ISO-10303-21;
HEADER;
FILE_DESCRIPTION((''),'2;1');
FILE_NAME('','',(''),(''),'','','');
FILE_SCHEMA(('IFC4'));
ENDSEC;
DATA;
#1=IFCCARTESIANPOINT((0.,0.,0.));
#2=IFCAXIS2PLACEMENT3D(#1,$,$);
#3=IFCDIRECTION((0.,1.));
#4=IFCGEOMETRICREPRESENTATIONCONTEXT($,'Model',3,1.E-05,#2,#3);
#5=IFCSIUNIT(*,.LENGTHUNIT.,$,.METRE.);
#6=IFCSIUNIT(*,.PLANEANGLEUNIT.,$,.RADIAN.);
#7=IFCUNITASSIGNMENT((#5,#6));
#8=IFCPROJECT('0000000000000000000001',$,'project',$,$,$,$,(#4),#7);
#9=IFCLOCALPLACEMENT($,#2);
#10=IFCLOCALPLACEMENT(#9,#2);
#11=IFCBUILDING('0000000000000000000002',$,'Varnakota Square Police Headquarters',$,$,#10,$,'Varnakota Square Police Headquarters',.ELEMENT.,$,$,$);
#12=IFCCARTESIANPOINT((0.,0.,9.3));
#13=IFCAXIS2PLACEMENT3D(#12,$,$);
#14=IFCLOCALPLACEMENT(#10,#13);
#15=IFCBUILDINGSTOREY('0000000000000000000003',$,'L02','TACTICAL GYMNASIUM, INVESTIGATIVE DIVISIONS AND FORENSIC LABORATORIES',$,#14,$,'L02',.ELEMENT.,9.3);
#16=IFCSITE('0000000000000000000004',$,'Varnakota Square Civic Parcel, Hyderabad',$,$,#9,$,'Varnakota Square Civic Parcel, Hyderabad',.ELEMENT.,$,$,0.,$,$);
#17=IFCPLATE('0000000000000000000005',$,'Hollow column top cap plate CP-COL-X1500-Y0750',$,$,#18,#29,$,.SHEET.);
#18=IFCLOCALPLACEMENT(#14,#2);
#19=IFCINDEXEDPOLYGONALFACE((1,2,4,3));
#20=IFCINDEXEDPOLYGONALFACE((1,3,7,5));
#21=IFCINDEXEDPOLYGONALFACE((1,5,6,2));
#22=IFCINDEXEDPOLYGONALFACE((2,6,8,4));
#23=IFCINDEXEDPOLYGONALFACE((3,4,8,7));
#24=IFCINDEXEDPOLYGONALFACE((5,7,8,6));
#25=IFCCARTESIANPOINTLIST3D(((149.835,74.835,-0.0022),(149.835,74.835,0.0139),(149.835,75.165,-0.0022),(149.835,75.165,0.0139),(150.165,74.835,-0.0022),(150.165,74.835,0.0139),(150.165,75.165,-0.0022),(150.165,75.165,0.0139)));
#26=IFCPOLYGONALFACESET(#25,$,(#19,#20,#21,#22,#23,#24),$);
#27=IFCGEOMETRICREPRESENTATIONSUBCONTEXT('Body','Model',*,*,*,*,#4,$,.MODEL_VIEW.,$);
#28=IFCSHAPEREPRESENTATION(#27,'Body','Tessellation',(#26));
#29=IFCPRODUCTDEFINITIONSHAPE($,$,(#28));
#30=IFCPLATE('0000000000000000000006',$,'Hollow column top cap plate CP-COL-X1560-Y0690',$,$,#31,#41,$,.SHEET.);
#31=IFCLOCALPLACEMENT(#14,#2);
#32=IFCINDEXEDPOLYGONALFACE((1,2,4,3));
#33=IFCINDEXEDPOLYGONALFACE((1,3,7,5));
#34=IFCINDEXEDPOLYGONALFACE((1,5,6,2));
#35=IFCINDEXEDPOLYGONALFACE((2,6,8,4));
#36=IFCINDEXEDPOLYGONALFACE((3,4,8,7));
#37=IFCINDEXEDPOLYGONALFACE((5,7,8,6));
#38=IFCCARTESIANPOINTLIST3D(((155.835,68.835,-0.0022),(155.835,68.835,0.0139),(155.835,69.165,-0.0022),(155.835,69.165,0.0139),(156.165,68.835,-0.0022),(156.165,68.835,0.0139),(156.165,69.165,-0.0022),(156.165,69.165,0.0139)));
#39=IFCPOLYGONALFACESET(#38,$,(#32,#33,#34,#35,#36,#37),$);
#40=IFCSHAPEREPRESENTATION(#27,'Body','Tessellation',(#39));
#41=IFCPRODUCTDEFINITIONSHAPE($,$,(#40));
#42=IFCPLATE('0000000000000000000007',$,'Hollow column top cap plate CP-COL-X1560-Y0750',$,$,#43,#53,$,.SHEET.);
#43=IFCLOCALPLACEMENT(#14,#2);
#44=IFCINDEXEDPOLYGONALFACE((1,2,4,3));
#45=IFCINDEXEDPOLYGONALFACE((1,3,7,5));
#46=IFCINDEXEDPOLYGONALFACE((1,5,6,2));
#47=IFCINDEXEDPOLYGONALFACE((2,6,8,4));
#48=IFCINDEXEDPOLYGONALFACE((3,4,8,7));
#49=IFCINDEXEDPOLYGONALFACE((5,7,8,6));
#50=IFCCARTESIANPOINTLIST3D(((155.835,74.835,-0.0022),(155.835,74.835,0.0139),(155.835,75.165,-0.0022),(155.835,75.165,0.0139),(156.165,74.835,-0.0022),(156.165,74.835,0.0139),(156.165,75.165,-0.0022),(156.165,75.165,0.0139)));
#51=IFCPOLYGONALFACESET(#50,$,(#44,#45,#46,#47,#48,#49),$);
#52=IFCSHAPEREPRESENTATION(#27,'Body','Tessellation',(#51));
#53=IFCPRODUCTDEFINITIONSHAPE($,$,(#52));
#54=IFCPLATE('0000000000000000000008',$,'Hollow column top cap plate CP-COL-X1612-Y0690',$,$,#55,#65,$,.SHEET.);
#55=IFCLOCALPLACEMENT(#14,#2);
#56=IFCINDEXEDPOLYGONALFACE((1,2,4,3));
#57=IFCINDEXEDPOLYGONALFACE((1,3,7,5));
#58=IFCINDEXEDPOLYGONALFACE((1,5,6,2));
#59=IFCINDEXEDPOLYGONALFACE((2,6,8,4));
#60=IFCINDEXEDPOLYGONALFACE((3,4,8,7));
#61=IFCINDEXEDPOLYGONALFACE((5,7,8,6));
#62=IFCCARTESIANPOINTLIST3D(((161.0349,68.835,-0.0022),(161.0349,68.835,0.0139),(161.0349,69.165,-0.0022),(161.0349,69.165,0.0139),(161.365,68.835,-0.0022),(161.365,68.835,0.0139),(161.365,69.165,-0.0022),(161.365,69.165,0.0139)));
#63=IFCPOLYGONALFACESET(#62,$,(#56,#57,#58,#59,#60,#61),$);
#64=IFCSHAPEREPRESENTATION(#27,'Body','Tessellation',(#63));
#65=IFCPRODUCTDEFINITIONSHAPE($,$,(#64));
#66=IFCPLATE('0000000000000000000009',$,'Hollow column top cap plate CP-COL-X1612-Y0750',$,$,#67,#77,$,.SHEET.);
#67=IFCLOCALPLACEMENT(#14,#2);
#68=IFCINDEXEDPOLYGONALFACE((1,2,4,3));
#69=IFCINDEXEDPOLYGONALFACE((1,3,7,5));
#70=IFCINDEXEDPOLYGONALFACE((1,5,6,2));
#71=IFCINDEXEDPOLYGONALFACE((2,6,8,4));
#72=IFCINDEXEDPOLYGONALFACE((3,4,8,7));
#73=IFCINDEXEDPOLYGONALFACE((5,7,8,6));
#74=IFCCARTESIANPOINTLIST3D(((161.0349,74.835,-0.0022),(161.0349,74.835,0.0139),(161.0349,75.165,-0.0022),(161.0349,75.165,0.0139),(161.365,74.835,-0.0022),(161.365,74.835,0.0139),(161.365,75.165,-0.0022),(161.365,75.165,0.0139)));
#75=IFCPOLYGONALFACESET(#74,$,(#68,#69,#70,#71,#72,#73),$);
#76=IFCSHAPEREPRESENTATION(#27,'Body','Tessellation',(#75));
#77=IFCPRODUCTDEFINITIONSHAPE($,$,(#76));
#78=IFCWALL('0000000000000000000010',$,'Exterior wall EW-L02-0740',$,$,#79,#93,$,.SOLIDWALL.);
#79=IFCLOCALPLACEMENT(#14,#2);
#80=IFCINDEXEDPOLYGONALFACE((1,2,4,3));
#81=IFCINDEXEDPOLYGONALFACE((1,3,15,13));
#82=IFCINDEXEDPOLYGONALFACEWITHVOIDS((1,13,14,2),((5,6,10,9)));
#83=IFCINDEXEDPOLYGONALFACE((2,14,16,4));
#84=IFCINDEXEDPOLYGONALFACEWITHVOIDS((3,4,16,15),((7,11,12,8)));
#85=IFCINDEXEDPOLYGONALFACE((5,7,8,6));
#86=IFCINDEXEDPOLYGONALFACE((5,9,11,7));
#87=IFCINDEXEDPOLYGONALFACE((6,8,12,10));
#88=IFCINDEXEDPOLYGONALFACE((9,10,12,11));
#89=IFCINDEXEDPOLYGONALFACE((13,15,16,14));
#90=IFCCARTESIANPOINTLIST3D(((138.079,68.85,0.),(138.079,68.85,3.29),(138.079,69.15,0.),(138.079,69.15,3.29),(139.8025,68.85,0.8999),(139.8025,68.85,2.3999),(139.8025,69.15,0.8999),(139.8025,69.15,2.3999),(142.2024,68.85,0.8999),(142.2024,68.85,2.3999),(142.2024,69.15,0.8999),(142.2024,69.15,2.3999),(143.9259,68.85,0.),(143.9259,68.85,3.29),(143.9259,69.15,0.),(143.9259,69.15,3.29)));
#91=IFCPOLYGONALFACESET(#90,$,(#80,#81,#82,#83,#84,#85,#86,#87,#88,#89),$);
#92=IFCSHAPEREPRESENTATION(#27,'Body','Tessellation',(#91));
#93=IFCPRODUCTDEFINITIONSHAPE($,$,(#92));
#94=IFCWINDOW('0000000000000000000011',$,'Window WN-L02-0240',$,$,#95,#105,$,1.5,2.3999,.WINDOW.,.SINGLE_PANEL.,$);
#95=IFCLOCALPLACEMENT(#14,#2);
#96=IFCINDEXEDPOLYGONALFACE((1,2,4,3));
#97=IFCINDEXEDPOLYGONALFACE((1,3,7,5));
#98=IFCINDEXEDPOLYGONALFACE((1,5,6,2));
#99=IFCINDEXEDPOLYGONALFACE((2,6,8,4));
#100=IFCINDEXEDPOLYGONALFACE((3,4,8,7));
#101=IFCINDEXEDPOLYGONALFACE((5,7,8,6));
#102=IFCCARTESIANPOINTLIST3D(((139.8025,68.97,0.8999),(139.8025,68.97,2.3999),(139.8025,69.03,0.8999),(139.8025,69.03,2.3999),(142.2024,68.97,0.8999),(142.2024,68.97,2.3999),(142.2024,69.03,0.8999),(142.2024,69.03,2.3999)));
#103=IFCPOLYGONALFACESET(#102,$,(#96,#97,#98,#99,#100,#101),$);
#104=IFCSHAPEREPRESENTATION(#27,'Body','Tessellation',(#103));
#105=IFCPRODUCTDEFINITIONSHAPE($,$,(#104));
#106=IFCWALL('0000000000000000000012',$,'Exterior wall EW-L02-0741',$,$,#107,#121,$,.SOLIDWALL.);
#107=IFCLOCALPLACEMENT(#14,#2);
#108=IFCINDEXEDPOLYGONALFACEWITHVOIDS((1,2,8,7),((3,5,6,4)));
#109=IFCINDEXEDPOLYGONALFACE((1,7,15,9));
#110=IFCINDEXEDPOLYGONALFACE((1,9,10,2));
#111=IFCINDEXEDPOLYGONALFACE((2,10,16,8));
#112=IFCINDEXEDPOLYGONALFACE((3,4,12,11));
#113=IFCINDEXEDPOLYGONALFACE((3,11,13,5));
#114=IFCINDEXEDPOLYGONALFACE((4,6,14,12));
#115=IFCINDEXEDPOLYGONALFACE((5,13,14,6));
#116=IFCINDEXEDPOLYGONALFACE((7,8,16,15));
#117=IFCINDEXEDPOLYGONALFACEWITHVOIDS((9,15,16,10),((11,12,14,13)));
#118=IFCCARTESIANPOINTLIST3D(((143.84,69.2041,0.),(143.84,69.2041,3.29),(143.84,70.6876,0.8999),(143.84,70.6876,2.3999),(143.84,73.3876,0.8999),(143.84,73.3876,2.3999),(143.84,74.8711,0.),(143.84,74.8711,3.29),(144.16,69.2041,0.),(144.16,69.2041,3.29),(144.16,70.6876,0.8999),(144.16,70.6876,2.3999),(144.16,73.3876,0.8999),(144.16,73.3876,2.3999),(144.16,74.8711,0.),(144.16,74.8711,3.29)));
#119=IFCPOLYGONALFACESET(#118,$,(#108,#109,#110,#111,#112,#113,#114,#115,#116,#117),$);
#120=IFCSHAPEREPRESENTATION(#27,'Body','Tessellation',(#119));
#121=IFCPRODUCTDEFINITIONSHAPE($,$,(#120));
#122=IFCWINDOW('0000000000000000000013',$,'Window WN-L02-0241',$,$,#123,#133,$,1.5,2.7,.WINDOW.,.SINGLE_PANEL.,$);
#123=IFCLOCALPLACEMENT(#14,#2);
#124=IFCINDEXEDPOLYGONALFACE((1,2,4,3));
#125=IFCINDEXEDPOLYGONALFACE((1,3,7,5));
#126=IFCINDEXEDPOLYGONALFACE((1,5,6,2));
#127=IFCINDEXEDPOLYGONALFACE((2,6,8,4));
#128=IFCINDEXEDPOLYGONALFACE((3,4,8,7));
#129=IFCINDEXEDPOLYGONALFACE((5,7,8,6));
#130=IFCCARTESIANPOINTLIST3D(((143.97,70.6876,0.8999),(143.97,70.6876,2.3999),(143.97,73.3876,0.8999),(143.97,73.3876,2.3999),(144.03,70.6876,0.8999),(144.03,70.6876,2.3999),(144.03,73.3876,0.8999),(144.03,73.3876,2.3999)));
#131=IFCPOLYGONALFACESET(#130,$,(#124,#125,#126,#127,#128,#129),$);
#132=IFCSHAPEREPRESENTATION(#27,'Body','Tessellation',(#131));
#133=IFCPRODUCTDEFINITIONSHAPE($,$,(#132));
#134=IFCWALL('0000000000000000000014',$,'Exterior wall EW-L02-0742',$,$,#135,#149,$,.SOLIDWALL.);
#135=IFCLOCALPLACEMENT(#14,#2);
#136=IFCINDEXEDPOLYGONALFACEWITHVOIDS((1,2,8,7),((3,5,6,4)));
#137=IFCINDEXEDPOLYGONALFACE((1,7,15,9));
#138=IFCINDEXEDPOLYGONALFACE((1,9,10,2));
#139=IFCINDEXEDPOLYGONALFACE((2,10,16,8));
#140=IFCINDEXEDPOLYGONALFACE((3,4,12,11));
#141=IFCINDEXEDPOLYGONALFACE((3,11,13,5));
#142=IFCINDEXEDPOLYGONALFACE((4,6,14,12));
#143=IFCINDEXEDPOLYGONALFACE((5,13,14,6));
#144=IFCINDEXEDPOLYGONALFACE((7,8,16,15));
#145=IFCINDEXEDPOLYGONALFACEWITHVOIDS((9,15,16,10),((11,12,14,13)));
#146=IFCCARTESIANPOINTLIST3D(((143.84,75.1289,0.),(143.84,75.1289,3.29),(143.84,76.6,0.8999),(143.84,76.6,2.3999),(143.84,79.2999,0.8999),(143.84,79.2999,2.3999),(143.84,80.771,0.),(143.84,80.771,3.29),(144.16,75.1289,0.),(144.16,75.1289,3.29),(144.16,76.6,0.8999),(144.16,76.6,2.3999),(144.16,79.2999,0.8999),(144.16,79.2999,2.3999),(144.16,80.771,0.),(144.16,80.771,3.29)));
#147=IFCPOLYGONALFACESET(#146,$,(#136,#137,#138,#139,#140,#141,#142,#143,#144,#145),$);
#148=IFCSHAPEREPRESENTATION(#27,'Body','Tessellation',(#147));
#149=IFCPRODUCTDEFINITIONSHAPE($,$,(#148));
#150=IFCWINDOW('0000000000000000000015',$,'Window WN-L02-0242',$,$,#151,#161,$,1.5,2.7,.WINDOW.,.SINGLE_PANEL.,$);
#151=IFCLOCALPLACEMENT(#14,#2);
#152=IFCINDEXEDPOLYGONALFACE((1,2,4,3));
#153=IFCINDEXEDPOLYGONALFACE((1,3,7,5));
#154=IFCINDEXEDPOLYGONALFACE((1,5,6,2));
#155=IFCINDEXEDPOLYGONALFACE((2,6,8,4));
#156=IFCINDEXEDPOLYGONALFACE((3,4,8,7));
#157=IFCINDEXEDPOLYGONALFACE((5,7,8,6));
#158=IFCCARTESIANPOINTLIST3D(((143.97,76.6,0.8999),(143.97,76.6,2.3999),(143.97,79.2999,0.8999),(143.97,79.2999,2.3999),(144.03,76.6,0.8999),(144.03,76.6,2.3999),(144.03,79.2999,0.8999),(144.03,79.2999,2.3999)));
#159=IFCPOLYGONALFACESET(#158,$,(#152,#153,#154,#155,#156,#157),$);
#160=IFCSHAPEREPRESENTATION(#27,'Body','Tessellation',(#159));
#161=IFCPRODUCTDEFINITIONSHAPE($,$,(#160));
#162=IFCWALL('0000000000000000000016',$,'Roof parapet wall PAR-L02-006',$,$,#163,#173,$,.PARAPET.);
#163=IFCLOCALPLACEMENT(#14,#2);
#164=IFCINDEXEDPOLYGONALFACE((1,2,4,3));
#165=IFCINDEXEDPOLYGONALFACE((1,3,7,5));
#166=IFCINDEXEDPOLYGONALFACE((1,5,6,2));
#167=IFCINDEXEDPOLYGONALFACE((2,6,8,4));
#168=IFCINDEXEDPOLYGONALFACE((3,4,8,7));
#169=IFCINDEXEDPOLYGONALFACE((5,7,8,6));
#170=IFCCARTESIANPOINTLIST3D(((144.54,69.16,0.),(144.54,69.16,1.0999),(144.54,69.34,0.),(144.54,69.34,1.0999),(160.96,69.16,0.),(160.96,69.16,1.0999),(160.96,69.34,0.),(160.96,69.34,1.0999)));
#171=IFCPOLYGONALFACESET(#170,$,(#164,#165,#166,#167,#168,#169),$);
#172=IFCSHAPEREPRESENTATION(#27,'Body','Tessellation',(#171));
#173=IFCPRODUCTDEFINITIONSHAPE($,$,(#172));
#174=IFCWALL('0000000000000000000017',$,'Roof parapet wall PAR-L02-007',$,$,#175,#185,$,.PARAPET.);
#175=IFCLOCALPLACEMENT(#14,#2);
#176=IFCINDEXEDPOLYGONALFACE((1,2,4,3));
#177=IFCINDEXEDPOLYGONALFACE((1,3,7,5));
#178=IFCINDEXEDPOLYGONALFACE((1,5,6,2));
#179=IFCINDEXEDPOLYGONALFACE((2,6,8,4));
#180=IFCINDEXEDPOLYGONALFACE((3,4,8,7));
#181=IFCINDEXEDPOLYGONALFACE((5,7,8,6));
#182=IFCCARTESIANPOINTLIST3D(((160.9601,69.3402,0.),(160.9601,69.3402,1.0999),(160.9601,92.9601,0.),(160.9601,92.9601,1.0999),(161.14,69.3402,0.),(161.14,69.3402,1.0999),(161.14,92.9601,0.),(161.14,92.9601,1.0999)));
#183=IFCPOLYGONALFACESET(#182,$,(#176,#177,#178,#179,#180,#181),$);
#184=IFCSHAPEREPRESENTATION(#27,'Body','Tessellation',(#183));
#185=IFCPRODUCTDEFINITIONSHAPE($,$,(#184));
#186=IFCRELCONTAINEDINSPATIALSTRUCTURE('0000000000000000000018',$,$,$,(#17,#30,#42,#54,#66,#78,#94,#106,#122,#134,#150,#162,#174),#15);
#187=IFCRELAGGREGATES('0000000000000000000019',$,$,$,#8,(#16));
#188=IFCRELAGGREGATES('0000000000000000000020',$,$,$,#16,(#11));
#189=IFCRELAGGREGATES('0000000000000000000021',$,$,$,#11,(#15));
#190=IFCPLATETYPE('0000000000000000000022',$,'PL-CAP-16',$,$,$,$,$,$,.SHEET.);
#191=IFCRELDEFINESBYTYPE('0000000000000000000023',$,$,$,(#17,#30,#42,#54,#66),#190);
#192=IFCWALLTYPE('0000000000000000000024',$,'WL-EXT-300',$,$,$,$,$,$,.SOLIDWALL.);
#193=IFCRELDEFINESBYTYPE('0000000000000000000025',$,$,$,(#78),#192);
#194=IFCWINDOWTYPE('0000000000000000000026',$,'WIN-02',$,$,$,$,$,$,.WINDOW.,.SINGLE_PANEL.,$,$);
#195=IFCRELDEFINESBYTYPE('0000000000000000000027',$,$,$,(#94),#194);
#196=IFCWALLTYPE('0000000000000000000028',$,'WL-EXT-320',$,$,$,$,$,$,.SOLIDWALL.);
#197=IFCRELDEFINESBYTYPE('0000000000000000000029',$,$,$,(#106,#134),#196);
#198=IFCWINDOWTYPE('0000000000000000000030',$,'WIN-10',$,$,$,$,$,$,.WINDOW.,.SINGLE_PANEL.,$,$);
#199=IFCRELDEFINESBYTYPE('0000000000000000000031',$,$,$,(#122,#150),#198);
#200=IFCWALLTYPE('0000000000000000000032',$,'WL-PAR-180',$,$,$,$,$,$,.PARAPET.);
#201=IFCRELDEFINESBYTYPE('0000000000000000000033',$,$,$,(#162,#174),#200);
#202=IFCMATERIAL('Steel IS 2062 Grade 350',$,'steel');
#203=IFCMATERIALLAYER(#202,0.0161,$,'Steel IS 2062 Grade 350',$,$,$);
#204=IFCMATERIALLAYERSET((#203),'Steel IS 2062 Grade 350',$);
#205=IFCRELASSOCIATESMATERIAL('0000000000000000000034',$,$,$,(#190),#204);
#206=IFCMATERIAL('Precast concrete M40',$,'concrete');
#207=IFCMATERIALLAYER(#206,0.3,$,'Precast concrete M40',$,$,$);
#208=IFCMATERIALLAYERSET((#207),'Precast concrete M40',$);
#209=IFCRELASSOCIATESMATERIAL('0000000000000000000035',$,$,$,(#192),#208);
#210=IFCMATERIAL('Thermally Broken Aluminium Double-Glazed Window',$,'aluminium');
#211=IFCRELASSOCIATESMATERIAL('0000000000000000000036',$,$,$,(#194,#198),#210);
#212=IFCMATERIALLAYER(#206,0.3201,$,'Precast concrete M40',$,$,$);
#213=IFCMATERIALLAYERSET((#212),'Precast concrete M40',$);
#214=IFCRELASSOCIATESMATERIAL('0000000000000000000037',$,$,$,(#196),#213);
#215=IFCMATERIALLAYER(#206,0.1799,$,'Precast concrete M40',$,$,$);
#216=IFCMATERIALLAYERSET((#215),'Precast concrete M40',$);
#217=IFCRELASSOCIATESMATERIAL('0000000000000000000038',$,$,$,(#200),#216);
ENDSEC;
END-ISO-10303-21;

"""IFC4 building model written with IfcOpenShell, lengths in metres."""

from ifc_helpers import new_model, si_unit, direction, frame, frame_2d, origin, origin_2d, place, context, subcontext, project, spatial, rectangle, extrude, material, layer, layer_set, type_object, element, fill, save


model = new_model("IFC4")

# Units and contexts
model_context = context("Model", 3, precision=1e-05, world=origin(), true_north=direction((0.0, 1.0)))
body_context = subcontext(model_context, "Body", "Model", "MODEL_VIEW")
ifc_project = project(units=[si_unit("LENGTHUNIT", "METRE"), si_unit("PLANEANGLEUNIT", "RADIAN")], contexts=[model_context])

# Site, building, storey
site_placement = place(None, origin())
site = spatial("IfcSite", under=ifc_project, at=site_placement, Name="Varnakota Square Civic Parcel, Hyderabad", LongName="Varnakota Square Civic Parcel, Hyderabad", CompositionType="ELEMENT", RefElevation=0.0)
building_placement = place(site_placement, origin())
building = spatial("IfcBuilding", under=site, at=building_placement, Name="Varnakota Square Police Headquarters", LongName="Varnakota Square Police Headquarters", CompositionType="ELEMENT")
storey_placement = place(building_placement, frame((0.0, 0.0, 9.3)))
storey = spatial("IfcBuildingStorey", under=building, at=storey_placement, Name="L02", Description="TACTICAL GYMNASIUM, INVESTIGATIVE DIVISIONS AND FORENSIC LABORATORIES", LongName="L02", CompositionType="ELEMENT", Elevation=9.3)

# Shared definitions
ifc_material_1 = material(Name="Steel IS 2062 Grade 350", Category="steel")

# Plates
ifc_layer_1 = layer(ifc_material_1, 0.0161, Name="Steel IS 2062 Grade 350")
ifc_layer_set_1 = layer_set([ifc_layer_1], Name="Steel IS 2062 Grade 350")
plate_type = type_object("IfcPlateType", Name="PL-CAP-16", PredefinedType="SHEET", material=ifc_layer_set_1)
for number, where, z_axis, x_axis, name in (
    (1, (150.0, 75.0, -0.0022), (0.0, 0.0, 1.0), (1.0, 0.0, 0.0), "Hollow column top cap plate CP-COL-X1500-Y0750"),
    (2, (156.0, 69.0, -0.0022), (0.0, 0.0, 1.0), (1.0, 0.0, 0.0), "Hollow column top cap plate CP-COL-X1560-Y0690"),
    (3, (156.0, 75.0, -0.0022), (0.0, 0.0, 1.0), (1.0, 0.0, 0.0), "Hollow column top cap plate CP-COL-X1560-Y0750"),
    (4, (161.2, 69.0, -0.0022), (0.0, 0.0, 1.0), (1.0, 0.0, 0.0), "Hollow column top cap plate CP-COL-X1612-Y0690"),
    (5, (161.2, 75.0, -0.0022), (0.0, 0.0, 1.0), (1.0, 0.0, 0.0), "Hollow column top cap plate CP-COL-X1612-Y0750"),
):
    element("IfcPlate", number, at=place(storey_placement, frame(where, z_axis=z_axis, x_axis=x_axis)), inside=storey, type_object=plate_type, Name=name, PredefinedType="SHEET", context=body_context, shape_type="SweptSolid", body=[
        extrude(rectangle(XDim=0.3301, YDim=0.3301, at=origin_2d()), origin(), (0.0, 0.0, 1.0), 0.0161),
    ])

# Walls, openings, windows
ifc_material_2 = material(Name="Precast concrete M40", Category="concrete")
ifc_layer_2 = layer(ifc_material_2, 0.3, Name="Precast concrete M40")
ifc_layer_set_2 = layer_set([ifc_layer_2], Name="Precast concrete M40")
wall_type_1 = type_object("IfcWallType", Name="WL-EXT-300", PredefinedType="SOLIDWALL", material=ifc_layer_set_2)
wall_1_placement = place(storey_placement, frame((138.0791, 69.0, 0.0), z_axis=(0.0, 0.0, 1.0), x_axis=(1.0, 0.0, 0.0)))
wall_1 = element("IfcWall", 6, at=wall_1_placement, inside=storey, type_object=wall_type_1, Name="Exterior wall EW-L02-0740", PredefinedType="SOLIDWALL", context=body_context, shape_type="SweptSolid", body=[
    extrude(rectangle(XDim=5.8469, YDim=0.3, at=frame_2d((2.9233, 0.0))), origin(), (0.0, 0.0, 1.0), 3.29),
])
opening_1_placement = place(wall_1_placement, frame((1.7234, 0.0, 0.8999)))
opening_1 = element("IfcOpeningElement", 7, at=opening_1_placement, cuts=wall_1, PredefinedType="OPENING", context=body_context, shape_type="SweptSolid", body=[
    extrude(rectangle(XDim=2.3999, YDim=1.5, at=frame_2d((1.2, 0.75))), frame((0.0, 0.1599, 0.0), z_axis=(0.0, -1.0, 0.0), x_axis=(1.0, 0.0, 0.0)), (0.0, 0.0, 1.0), 0.3201),
])
ifc_material_3 = material(Name="Thermally Broken Aluminium Double-Glazed Window", Category="aluminium")
window_type_1 = type_object("IfcWindowType", Name="WIN-02", PartitioningType="SINGLE_PANEL", PredefinedType="WINDOW", material=ifc_material_3)
window_1_placement = place(opening_1_placement, origin())
window_1 = element("IfcWindow", 8, at=window_1_placement, inside=storey, type_object=window_type_1, Name="Window WN-L02-0240", OverallHeight=1.5, OverallWidth=2.3999, PartitioningType="SINGLE_PANEL", PredefinedType="WINDOW", context=body_context, shape_type="SweptSolid", body=[
    extrude(rectangle(XDim=2.3999, YDim=1.5, at=frame_2d((1.2, 0.75))), frame((0.0, 0.03, 0.0), z_axis=(0.0, -1.0, 0.0), x_axis=(1.0, 0.0, 0.0)), (0.0, 0.0, 1.0), 0.0601),
])
fill(opening_1, window_1)
ifc_layer_3 = layer(ifc_material_2, 0.3201, Name="Precast concrete M40")
ifc_layer_set_3 = layer_set([ifc_layer_3], Name="Precast concrete M40")
wall_type_2 = type_object("IfcWallType", Name="WL-EXT-320", PredefinedType="SOLIDWALL", material=ifc_layer_set_3)
wall_2_placement = place(storey_placement, frame((144.0, 69.2041, 0.0), z_axis=(0.0, 0.0, 1.0), x_axis=(0.0, 1.0, 0.0)))
wall_2 = element("IfcWall", 9, at=wall_2_placement, inside=storey, type_object=wall_type_2, Name="Exterior wall EW-L02-0741", PredefinedType="SOLIDWALL", context=body_context, shape_type="SweptSolid", body=[
    extrude(rectangle(XDim=5.667, YDim=0.3201, at=frame_2d((2.8335, 0.0))), origin(), (0.0, 0.0, 1.0), 3.29),
])
opening_2_placement = place(wall_2_placement, frame((1.4834, 0.0, 0.8999)))
opening_2 = element("IfcOpeningElement", 10, at=opening_2_placement, cuts=wall_2, PredefinedType="OPENING", context=body_context, shape_type="SweptSolid", body=[
    extrude(rectangle(XDim=2.7, YDim=1.5, at=frame_2d((1.3501, 0.75))), frame((0.0, 0.1699, 0.0), z_axis=(0.0, -1.0, 0.0), x_axis=(1.0, 0.0, 0.0)), (0.0, 0.0, 1.0), 0.3401),
])
window_type_2 = type_object("IfcWindowType", Name="WIN-10", PartitioningType="SINGLE_PANEL", PredefinedType="WINDOW", material=ifc_material_3)
window_2_placement = place(opening_2_placement, origin())
window_2 = element("IfcWindow", 11, at=window_2_placement, inside=storey, type_object=window_type_2, Name="Window WN-L02-0241", OverallHeight=1.5, OverallWidth=2.7, PartitioningType="SINGLE_PANEL", PredefinedType="WINDOW", context=body_context, shape_type="SweptSolid", body=[
    extrude(rectangle(XDim=2.7, YDim=1.5, at=frame_2d((1.3501, 0.75))), frame((0.0, 0.03, 0.0), z_axis=(0.0, -1.0, 0.0), x_axis=(1.0, 0.0, 0.0)), (0.0, 0.0, 1.0), 0.0601),
])
fill(opening_2, window_2)
wall_3_placement = place(storey_placement, frame((144.0, 75.1289, 0.0), z_axis=(0.0, 0.0, 1.0), x_axis=(0.0, 1.0, 0.0)))
wall_3 = element("IfcWall", 12, at=wall_3_placement, inside=storey, type_object=wall_type_2, Name="Exterior wall EW-L02-0742", PredefinedType="SOLIDWALL", context=body_context, shape_type="SweptSolid", body=[
    extrude(rectangle(XDim=5.6421, YDim=0.3201, at=frame_2d((2.821, 0.0))), origin(), (0.0, 0.0, 1.0), 3.29),
])
opening_3_placement = place(wall_3_placement, frame((1.4709, 0.0, 0.8999)))
opening_3 = element("IfcOpeningElement", 13, at=opening_3_placement, cuts=wall_3, PredefinedType="OPENING", context=body_context, shape_type="SweptSolid", body=[
    extrude(rectangle(XDim=2.7, YDim=1.5, at=frame_2d((1.3501, 0.75))), frame((0.0, 0.1699, 0.0), z_axis=(0.0, -1.0, 0.0), x_axis=(1.0, 0.0, 0.0)), (0.0, 0.0, 1.0), 0.3401),
])
window_3_placement = place(opening_3_placement, origin())
window_3 = element("IfcWindow", 14, at=window_3_placement, inside=storey, type_object=window_type_2, Name="Window WN-L02-0242", OverallHeight=1.5, OverallWidth=2.7, PartitioningType="SINGLE_PANEL", PredefinedType="WINDOW", context=body_context, shape_type="SweptSolid", body=[
    extrude(rectangle(XDim=2.7, YDim=1.5, at=frame_2d((1.3501, 0.75))), frame((0.0, 0.03, 0.0), z_axis=(0.0, -1.0, 0.0), x_axis=(1.0, 0.0, 0.0)), (0.0, 0.0, 1.0), 0.0601),
])
fill(opening_3, window_3)

# Walls
ifc_layer_4 = layer(ifc_material_2, 0.1799, Name="Precast concrete M40")
ifc_layer_set_4 = layer_set([ifc_layer_4], Name="Precast concrete M40")
wall_type_3 = type_object("IfcWallType", Name="WL-PAR-180", PredefinedType="PARAPET", material=ifc_layer_set_4)
wall_4_placement = place(storey_placement, frame((144.54, 69.25, 0.0), z_axis=(0.0, 0.0, 1.0), x_axis=(1.0, 0.0, 0.0)))
element("IfcWall", 15, at=wall_4_placement, inside=storey, type_object=wall_type_3, Name="Roof parapet wall PAR-L02-006", PredefinedType="PARAPET", context=body_context, shape_type="SweptSolid", body=[
    extrude(rectangle(XDim=16.4199, YDim=0.1799, at=frame_2d((8.21, 0.0))), origin(), (0.0, 0.0, 1.0), 1.0999),
])
wall_5_placement = place(storey_placement, frame((161.05, 69.3401, 0.0), z_axis=(0.0, 0.0, 1.0), x_axis=(0.0, 1.0, 0.0)))
element("IfcWall", 16, at=wall_5_placement, inside=storey, type_object=wall_type_3, Name="Roof parapet wall PAR-L02-007", PredefinedType="PARAPET", context=body_context, shape_type="SweptSolid", body=[
    extrude(rectangle(XDim=23.6199, YDim=0.1799, at=frame_2d((11.8101, 0.0))), origin(), (0.0, 0.0, 1.0), 1.0999),
])

save(model, "model.ifc")
